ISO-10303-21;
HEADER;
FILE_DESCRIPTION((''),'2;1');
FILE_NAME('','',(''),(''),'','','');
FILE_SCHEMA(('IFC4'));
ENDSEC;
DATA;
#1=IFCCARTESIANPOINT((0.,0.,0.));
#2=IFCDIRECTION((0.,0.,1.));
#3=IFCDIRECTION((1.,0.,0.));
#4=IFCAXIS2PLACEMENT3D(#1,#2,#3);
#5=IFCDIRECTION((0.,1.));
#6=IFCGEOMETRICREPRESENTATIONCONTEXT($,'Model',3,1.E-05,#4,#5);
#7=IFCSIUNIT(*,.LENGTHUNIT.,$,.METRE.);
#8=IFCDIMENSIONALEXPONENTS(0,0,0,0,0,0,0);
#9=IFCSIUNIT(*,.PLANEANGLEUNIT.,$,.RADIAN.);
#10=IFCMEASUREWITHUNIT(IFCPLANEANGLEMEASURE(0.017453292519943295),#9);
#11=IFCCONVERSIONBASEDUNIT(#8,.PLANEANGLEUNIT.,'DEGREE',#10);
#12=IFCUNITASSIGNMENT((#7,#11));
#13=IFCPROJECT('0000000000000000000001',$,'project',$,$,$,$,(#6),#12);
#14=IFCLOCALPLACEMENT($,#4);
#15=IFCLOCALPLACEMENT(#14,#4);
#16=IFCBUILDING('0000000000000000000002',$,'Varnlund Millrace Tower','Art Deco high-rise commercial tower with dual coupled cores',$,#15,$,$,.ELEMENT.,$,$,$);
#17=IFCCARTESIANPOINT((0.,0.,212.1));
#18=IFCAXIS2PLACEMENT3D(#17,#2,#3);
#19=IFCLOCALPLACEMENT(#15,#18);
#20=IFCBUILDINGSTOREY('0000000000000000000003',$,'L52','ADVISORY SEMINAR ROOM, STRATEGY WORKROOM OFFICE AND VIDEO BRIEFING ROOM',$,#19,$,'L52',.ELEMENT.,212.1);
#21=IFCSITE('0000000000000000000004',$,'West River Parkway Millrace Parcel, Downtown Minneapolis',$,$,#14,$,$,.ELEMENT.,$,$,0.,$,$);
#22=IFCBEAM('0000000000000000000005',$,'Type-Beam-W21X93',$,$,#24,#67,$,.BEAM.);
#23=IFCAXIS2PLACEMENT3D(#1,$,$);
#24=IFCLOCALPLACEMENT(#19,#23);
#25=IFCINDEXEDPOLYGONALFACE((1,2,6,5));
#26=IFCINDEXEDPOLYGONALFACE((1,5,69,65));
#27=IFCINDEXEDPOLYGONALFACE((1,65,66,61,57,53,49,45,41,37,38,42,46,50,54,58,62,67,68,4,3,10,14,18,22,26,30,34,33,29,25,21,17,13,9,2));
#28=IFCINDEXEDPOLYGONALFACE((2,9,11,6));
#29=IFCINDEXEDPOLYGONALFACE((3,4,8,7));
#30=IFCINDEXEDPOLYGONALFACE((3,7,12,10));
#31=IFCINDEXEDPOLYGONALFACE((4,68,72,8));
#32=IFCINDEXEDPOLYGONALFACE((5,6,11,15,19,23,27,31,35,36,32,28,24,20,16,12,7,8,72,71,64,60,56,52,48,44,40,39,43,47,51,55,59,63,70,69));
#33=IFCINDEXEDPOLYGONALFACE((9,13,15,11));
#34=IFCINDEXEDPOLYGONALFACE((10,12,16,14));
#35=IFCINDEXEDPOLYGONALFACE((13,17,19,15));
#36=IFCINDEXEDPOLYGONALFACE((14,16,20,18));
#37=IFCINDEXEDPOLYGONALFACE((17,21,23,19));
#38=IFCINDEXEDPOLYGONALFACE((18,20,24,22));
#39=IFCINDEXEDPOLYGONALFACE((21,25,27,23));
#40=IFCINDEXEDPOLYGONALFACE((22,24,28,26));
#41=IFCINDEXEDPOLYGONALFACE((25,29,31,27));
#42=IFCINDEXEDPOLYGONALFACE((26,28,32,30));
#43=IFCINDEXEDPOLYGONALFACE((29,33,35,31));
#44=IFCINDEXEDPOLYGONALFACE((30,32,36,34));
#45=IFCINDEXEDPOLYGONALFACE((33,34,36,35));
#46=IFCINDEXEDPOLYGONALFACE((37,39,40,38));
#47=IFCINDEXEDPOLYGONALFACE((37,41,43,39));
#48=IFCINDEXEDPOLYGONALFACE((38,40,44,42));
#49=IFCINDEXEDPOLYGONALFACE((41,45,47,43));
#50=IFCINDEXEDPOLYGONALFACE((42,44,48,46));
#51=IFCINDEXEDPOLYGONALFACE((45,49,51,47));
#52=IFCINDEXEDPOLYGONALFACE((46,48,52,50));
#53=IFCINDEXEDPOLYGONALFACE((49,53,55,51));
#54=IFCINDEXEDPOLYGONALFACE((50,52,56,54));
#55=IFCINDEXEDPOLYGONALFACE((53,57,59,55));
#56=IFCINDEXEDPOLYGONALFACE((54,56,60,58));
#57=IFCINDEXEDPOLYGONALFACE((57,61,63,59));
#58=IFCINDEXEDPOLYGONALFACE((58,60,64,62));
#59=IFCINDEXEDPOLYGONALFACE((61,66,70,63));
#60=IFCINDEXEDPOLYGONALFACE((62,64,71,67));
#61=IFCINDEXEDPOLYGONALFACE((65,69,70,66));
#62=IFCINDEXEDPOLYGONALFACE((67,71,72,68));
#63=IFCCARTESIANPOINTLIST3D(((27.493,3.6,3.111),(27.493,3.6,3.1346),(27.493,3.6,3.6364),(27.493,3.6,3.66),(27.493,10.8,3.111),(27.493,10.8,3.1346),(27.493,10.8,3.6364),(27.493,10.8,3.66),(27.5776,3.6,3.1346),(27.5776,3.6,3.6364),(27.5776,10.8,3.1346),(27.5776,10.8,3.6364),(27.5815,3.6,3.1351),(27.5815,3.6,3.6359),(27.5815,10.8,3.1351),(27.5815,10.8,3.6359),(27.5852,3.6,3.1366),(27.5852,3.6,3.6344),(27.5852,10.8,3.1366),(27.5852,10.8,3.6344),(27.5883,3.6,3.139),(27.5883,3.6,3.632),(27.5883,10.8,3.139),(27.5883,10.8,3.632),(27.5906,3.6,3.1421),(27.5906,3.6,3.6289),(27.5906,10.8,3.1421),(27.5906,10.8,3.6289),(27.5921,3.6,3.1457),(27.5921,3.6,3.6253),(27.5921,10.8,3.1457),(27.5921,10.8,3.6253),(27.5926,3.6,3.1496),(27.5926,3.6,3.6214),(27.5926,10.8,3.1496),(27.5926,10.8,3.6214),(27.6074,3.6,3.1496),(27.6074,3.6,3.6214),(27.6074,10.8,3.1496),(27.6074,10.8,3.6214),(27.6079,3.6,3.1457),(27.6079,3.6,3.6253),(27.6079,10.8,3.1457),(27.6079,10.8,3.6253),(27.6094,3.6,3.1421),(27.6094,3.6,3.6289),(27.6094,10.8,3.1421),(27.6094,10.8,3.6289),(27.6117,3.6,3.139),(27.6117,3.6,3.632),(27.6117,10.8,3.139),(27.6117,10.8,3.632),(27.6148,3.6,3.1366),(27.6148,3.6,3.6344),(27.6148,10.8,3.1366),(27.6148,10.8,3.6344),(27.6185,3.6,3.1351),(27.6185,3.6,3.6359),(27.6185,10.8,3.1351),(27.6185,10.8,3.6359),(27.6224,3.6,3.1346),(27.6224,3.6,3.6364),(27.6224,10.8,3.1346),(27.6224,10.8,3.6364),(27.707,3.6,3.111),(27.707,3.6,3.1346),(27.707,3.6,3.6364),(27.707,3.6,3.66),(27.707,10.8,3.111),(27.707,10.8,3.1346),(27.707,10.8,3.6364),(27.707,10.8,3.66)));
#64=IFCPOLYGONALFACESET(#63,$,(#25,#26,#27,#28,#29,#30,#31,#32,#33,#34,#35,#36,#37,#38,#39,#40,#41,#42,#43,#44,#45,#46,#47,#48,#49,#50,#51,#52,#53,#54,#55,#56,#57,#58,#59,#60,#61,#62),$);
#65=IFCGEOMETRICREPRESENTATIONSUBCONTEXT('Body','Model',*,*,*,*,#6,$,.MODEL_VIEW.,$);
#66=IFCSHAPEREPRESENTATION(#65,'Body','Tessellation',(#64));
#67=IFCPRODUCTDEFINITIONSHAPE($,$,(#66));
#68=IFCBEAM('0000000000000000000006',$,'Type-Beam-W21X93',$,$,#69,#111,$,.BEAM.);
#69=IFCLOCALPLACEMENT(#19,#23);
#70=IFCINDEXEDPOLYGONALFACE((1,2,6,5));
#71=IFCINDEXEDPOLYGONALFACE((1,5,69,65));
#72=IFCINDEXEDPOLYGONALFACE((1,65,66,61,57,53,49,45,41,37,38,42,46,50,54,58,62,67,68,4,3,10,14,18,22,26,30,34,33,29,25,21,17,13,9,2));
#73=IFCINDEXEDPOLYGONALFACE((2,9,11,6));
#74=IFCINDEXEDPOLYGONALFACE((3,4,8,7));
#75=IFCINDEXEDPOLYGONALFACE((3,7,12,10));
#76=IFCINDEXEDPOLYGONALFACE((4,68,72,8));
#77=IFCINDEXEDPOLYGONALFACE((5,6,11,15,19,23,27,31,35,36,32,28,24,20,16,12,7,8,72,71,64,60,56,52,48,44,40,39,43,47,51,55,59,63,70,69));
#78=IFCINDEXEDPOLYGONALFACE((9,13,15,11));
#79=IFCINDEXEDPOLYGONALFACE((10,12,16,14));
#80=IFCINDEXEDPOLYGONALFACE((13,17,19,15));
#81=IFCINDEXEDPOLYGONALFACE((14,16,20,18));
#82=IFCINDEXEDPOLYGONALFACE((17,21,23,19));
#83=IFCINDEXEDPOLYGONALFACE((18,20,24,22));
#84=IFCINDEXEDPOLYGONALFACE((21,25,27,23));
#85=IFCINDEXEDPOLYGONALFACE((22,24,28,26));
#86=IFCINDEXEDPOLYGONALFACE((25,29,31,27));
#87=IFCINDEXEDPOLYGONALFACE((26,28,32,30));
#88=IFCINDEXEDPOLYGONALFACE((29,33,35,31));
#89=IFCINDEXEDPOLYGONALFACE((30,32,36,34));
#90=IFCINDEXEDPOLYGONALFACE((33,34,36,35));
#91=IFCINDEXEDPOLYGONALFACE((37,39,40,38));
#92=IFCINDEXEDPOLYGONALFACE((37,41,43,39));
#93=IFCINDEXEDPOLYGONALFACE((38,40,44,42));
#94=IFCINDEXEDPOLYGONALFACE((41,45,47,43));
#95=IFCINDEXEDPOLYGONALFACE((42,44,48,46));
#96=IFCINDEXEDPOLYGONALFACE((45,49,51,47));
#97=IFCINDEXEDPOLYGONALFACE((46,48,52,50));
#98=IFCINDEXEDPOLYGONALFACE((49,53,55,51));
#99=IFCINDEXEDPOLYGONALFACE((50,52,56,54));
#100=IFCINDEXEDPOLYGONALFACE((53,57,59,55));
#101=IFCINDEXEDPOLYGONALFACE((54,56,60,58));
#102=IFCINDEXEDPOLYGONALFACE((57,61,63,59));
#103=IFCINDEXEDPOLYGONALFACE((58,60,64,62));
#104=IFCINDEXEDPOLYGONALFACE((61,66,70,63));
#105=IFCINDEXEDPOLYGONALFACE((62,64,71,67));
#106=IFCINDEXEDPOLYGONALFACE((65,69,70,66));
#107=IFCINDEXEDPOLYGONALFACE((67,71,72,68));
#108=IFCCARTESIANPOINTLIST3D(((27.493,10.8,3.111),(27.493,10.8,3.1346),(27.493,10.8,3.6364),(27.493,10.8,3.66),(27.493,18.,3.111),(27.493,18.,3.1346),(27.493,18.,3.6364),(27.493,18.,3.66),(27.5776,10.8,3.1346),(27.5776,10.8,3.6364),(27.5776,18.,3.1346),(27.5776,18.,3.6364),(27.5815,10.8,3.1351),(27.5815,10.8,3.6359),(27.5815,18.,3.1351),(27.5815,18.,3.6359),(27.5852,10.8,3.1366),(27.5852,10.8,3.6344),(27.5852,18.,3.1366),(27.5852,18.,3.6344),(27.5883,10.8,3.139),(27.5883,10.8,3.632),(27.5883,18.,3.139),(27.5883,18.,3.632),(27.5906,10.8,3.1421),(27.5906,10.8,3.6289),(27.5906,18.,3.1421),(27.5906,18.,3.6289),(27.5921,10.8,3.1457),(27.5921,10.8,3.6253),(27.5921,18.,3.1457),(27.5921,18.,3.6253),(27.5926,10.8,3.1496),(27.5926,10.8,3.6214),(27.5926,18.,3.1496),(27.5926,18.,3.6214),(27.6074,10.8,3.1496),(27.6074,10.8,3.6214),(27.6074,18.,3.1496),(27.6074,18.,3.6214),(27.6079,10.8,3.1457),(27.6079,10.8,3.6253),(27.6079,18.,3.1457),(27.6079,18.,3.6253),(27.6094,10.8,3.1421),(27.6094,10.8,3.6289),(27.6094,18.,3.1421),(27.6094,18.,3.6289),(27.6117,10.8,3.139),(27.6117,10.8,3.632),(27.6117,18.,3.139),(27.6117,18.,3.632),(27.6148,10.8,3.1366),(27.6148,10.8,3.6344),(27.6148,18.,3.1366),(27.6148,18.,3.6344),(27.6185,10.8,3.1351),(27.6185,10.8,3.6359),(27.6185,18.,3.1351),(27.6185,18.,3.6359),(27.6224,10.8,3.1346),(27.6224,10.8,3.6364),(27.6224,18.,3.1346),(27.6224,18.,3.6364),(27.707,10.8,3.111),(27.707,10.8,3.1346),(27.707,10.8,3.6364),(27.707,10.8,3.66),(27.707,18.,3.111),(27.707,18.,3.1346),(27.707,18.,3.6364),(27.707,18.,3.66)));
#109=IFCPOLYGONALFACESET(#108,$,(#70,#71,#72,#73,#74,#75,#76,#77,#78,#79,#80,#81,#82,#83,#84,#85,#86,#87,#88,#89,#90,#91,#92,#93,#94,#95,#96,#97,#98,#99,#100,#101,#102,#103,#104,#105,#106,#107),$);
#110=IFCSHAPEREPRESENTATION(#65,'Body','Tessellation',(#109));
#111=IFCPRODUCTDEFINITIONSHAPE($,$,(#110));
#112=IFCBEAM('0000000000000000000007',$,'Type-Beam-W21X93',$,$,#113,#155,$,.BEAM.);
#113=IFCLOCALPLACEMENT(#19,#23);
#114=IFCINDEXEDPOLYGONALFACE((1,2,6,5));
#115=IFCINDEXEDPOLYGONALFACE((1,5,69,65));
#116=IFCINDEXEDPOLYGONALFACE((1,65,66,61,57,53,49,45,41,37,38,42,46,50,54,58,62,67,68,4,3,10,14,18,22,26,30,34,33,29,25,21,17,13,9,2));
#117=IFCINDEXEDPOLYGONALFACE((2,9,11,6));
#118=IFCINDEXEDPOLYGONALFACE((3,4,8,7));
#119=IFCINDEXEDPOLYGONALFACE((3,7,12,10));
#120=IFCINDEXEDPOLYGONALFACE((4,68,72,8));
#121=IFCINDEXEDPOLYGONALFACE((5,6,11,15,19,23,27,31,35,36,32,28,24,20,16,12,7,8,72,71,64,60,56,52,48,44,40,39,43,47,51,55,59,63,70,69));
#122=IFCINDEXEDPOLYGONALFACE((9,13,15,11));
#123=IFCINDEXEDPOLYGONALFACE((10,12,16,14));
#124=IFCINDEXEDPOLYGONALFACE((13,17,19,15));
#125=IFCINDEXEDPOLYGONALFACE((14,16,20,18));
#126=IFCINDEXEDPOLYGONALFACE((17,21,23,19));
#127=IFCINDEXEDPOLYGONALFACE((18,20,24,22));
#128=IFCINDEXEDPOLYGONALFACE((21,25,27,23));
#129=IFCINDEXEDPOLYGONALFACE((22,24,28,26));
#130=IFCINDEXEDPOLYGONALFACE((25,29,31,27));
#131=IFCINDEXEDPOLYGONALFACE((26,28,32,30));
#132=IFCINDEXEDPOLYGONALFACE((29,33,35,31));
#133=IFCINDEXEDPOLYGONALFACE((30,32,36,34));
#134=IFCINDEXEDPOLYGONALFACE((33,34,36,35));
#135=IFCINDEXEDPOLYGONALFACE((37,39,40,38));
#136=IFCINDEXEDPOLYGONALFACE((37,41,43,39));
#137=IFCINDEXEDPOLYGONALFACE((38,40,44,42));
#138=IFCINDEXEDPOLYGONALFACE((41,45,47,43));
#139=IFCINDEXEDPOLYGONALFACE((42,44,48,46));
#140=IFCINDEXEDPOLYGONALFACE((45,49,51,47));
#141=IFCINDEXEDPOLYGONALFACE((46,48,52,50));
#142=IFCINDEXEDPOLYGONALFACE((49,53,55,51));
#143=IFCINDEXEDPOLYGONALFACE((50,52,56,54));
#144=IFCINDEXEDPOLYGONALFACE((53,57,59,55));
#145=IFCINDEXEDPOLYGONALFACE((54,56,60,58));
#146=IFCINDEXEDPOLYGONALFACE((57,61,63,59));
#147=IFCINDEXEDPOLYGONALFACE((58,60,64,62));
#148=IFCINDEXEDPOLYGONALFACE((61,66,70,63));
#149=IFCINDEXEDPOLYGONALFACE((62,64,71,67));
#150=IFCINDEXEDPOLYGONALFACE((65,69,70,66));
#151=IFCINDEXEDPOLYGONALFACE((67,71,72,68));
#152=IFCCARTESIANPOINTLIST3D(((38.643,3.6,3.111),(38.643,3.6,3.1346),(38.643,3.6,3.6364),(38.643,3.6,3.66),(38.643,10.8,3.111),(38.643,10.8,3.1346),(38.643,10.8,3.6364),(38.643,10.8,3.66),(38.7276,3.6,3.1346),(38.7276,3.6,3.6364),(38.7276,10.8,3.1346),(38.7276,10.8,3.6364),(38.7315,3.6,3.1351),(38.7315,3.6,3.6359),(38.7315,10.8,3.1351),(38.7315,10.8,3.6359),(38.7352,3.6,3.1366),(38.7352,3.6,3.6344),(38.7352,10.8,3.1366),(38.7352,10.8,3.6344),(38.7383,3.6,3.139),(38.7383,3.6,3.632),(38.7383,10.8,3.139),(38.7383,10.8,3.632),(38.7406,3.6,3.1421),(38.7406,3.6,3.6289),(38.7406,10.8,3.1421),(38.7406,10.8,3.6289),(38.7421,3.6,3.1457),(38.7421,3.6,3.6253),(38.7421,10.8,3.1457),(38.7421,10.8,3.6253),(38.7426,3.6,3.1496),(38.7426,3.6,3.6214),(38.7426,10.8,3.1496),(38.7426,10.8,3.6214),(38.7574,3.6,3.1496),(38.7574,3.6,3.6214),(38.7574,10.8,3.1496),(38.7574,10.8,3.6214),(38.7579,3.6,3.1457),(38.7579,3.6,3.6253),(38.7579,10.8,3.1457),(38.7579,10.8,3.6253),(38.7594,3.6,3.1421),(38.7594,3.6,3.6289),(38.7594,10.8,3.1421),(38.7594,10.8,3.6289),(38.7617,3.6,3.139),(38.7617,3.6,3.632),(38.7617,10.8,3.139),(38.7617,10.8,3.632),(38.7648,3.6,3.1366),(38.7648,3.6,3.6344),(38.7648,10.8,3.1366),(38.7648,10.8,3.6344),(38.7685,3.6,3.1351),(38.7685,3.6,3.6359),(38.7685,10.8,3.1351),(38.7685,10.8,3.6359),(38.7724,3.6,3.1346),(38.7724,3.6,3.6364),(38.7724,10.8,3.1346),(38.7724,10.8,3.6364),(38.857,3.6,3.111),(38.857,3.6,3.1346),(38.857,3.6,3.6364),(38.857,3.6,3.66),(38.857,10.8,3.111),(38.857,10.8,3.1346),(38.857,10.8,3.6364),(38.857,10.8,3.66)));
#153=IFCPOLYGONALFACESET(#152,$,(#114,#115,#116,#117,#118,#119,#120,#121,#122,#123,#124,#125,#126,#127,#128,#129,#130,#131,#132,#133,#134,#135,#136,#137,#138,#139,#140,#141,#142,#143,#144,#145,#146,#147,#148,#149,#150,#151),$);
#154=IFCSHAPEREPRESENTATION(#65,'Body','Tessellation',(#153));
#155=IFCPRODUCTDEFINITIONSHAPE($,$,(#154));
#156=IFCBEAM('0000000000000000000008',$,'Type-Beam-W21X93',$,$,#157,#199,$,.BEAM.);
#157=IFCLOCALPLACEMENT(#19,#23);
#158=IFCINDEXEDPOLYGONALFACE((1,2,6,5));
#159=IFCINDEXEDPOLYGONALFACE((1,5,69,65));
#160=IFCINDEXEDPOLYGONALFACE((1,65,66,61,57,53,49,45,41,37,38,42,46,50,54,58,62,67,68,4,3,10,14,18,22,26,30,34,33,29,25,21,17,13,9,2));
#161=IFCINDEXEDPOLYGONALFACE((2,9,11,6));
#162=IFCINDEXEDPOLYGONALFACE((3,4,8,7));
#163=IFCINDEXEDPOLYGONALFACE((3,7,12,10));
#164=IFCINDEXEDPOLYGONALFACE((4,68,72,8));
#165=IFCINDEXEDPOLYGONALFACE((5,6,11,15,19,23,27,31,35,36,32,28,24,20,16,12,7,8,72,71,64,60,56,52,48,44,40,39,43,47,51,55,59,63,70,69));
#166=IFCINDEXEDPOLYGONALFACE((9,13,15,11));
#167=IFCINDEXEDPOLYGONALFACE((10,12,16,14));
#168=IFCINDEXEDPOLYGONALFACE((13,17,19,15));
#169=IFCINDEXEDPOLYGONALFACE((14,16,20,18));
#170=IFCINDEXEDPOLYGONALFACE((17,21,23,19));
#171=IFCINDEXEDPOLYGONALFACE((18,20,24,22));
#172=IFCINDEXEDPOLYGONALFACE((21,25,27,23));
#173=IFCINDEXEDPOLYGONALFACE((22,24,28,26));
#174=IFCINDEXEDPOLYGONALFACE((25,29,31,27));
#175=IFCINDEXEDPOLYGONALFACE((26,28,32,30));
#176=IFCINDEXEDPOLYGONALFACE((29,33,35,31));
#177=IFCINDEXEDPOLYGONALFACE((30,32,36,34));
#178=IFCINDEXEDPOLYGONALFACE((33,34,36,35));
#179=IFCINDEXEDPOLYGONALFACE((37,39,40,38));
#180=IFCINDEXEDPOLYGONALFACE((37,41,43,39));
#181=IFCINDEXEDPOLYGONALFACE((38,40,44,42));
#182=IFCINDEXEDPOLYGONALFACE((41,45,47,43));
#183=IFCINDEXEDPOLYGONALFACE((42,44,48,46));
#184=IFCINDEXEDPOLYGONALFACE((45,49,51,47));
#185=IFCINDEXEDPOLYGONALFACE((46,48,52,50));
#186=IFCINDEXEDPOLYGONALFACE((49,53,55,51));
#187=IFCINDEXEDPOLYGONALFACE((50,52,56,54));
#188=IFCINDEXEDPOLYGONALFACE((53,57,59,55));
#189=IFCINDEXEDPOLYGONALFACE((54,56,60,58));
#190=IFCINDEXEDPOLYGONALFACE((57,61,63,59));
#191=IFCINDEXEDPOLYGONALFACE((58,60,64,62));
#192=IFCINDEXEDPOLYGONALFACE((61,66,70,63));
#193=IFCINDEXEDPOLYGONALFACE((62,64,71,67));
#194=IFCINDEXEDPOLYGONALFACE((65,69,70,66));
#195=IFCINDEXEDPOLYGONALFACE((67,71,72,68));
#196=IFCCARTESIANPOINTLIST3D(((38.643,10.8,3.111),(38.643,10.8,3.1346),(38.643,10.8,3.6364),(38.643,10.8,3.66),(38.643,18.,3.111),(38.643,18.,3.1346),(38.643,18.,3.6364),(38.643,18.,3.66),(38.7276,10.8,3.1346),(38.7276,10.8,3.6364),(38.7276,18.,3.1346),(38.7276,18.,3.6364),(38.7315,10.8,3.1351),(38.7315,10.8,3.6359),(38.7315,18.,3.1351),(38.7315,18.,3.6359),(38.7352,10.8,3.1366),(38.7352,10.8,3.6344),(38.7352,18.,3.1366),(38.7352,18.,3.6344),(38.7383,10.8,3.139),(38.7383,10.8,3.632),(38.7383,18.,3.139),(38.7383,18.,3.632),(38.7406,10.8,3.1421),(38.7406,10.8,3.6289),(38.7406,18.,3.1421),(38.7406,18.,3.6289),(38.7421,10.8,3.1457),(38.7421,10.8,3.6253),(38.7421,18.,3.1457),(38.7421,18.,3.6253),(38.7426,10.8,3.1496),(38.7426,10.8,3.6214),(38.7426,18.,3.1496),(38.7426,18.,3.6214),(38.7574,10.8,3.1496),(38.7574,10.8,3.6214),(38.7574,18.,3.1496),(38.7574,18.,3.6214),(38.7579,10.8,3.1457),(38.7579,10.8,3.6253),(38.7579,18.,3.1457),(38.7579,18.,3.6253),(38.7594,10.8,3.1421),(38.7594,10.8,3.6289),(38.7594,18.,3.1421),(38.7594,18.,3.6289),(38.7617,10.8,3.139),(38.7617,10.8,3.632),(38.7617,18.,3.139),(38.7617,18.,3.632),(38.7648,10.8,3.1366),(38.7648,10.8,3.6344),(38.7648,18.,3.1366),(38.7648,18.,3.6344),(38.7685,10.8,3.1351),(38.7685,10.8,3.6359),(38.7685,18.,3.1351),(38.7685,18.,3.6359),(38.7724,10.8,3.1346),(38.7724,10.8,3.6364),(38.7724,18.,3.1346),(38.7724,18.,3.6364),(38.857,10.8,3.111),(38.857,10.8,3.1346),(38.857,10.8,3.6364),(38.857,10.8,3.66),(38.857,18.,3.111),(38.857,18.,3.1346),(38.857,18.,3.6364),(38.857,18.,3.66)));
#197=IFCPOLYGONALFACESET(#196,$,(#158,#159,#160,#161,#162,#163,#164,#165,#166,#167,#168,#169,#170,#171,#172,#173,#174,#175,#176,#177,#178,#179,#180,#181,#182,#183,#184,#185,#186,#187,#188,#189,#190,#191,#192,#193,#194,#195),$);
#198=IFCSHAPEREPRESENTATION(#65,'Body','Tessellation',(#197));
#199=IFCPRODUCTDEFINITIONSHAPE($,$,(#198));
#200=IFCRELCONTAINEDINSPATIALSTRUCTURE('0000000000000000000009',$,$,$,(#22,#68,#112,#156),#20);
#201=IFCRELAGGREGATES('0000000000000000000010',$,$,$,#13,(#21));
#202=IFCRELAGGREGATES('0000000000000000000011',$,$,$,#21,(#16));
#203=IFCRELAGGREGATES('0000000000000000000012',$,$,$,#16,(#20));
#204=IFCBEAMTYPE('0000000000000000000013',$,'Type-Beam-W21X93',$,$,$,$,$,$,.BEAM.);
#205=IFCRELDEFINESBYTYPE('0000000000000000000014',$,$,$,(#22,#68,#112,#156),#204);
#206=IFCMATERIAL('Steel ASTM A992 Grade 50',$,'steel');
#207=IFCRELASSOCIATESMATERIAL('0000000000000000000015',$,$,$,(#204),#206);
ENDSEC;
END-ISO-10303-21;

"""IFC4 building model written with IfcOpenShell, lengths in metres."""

from ifc_helpers import new_model, entity, si_unit, converted_unit, direction, frame, origin_with_axes, origin_2d_with_axis, place, context, subcontext, project, spatial, i_section, extrude, material, material_profile, profile_set, type_object, element, save


model = new_model("IFC4")

# Units and contexts
model_context = context("Model", 3, precision=1e-05, world=origin_with_axes(), true_north=direction((0.0, 1.0)))
body_context = subcontext(model_context, "Body", "Model", "MODEL_VIEW")
ifc_project = project(units=[si_unit("LENGTHUNIT", "METRE"), converted_unit("PLANEANGLEUNIT", "DEGREE", entity("IfcPlaneAngleMeasure", 0.017453292519943295), si_unit("PLANEANGLEUNIT", "RADIAN"), dimensions=[0, 0, 0, 0, 0, 0, 0])], contexts=[model_context])

# Site, building, storey
site_placement = place(None, origin_with_axes())
site = spatial("IfcSite", under=ifc_project, at=site_placement, Name="West River Parkway Millrace Parcel, Downtown Minneapolis", CompositionType="ELEMENT", RefElevation=0.0)
building_placement = place(site_placement, origin_with_axes())
building = spatial("IfcBuilding", under=site, at=building_placement, Name="Varnlund Millrace Tower", Description="Art Deco high-rise commercial tower with dual coupled cores", CompositionType="ELEMENT")
storey_placement = place(building_placement, frame((0.0, 0.0, 212.1), z_axis=(0.0, 0.0, 1.0), x_axis=(1.0, 0.0, 0.0)))
storey = spatial("IfcBuildingStorey", under=building, at=storey_placement, Name="L52", Description="ADVISORY SEMINAR ROOM, STRATEGY WORKROOM OFFICE AND VIDEO BRIEFING ROOM", LongName="L52", CompositionType="ELEMENT", Elevation=212.1)

# Beams
ifc_material_1 = material(Name="Steel ASTM A992 Grade 50", Category="steel")
ifc_material_profile_1 = material_profile(ifc_material_1, i_section(OverallWidth=0.214, OverallDepth=0.549, WebThickness=0.0147, FlangeThickness=0.0236, FilletRadius=0.015, at=origin_2d_with_axis()), Name="Steel ASTM A992 Grade 50")
ifc_profile_set_1 = profile_set([ifc_material_profile_1], Name="Steel ASTM A992 Grade 50")
beam_type_1 = type_object("IfcBeamType", Name="Type-Beam-W21X93", PredefinedType="BEAM", material=ifc_profile_set_1)
for number, where, z_axis, x_axis, name in (
    (1, (27.6, 3.6, 3.3855), (0.0, 1.0, 0.0), (-1.0, 0.0, 0.0), "Type-Beam-W21X93"),
    (2, (27.6, 10.8, 3.3855), (0.0, 1.0, 0.0), (-1.0, 0.0, 0.0), "Type-Beam-W21X93"),
    (3, (38.75, 3.6, 3.3855), (0.0, 1.0, 0.0), (-1.0, 0.0, 0.0), "Type-Beam-W21X93"),
    (4, (38.75, 10.8, 3.3855), (0.0, 1.0, 0.0), (-1.0, 0.0, 0.0), "Type-Beam-W21X93"),
):
    element("IfcBeam", number, at=place(storey_placement, frame(where, z_axis=z_axis, x_axis=x_axis)), inside=storey, type_object=beam_type_1, Name=name, PredefinedType="BEAM", context=body_context, shape_type="SweptSolid", body=[
        extrude(i_section(OverallWidth=0.214, OverallDepth=0.549, WebThickness=0.0147, FlangeThickness=0.0236, FilletRadius=0.015, at=origin_2d_with_axis()), origin_with_axes(), (0.0, 0.0, 1.0), 7.2),
    ])

save(model, "model.ifc")
